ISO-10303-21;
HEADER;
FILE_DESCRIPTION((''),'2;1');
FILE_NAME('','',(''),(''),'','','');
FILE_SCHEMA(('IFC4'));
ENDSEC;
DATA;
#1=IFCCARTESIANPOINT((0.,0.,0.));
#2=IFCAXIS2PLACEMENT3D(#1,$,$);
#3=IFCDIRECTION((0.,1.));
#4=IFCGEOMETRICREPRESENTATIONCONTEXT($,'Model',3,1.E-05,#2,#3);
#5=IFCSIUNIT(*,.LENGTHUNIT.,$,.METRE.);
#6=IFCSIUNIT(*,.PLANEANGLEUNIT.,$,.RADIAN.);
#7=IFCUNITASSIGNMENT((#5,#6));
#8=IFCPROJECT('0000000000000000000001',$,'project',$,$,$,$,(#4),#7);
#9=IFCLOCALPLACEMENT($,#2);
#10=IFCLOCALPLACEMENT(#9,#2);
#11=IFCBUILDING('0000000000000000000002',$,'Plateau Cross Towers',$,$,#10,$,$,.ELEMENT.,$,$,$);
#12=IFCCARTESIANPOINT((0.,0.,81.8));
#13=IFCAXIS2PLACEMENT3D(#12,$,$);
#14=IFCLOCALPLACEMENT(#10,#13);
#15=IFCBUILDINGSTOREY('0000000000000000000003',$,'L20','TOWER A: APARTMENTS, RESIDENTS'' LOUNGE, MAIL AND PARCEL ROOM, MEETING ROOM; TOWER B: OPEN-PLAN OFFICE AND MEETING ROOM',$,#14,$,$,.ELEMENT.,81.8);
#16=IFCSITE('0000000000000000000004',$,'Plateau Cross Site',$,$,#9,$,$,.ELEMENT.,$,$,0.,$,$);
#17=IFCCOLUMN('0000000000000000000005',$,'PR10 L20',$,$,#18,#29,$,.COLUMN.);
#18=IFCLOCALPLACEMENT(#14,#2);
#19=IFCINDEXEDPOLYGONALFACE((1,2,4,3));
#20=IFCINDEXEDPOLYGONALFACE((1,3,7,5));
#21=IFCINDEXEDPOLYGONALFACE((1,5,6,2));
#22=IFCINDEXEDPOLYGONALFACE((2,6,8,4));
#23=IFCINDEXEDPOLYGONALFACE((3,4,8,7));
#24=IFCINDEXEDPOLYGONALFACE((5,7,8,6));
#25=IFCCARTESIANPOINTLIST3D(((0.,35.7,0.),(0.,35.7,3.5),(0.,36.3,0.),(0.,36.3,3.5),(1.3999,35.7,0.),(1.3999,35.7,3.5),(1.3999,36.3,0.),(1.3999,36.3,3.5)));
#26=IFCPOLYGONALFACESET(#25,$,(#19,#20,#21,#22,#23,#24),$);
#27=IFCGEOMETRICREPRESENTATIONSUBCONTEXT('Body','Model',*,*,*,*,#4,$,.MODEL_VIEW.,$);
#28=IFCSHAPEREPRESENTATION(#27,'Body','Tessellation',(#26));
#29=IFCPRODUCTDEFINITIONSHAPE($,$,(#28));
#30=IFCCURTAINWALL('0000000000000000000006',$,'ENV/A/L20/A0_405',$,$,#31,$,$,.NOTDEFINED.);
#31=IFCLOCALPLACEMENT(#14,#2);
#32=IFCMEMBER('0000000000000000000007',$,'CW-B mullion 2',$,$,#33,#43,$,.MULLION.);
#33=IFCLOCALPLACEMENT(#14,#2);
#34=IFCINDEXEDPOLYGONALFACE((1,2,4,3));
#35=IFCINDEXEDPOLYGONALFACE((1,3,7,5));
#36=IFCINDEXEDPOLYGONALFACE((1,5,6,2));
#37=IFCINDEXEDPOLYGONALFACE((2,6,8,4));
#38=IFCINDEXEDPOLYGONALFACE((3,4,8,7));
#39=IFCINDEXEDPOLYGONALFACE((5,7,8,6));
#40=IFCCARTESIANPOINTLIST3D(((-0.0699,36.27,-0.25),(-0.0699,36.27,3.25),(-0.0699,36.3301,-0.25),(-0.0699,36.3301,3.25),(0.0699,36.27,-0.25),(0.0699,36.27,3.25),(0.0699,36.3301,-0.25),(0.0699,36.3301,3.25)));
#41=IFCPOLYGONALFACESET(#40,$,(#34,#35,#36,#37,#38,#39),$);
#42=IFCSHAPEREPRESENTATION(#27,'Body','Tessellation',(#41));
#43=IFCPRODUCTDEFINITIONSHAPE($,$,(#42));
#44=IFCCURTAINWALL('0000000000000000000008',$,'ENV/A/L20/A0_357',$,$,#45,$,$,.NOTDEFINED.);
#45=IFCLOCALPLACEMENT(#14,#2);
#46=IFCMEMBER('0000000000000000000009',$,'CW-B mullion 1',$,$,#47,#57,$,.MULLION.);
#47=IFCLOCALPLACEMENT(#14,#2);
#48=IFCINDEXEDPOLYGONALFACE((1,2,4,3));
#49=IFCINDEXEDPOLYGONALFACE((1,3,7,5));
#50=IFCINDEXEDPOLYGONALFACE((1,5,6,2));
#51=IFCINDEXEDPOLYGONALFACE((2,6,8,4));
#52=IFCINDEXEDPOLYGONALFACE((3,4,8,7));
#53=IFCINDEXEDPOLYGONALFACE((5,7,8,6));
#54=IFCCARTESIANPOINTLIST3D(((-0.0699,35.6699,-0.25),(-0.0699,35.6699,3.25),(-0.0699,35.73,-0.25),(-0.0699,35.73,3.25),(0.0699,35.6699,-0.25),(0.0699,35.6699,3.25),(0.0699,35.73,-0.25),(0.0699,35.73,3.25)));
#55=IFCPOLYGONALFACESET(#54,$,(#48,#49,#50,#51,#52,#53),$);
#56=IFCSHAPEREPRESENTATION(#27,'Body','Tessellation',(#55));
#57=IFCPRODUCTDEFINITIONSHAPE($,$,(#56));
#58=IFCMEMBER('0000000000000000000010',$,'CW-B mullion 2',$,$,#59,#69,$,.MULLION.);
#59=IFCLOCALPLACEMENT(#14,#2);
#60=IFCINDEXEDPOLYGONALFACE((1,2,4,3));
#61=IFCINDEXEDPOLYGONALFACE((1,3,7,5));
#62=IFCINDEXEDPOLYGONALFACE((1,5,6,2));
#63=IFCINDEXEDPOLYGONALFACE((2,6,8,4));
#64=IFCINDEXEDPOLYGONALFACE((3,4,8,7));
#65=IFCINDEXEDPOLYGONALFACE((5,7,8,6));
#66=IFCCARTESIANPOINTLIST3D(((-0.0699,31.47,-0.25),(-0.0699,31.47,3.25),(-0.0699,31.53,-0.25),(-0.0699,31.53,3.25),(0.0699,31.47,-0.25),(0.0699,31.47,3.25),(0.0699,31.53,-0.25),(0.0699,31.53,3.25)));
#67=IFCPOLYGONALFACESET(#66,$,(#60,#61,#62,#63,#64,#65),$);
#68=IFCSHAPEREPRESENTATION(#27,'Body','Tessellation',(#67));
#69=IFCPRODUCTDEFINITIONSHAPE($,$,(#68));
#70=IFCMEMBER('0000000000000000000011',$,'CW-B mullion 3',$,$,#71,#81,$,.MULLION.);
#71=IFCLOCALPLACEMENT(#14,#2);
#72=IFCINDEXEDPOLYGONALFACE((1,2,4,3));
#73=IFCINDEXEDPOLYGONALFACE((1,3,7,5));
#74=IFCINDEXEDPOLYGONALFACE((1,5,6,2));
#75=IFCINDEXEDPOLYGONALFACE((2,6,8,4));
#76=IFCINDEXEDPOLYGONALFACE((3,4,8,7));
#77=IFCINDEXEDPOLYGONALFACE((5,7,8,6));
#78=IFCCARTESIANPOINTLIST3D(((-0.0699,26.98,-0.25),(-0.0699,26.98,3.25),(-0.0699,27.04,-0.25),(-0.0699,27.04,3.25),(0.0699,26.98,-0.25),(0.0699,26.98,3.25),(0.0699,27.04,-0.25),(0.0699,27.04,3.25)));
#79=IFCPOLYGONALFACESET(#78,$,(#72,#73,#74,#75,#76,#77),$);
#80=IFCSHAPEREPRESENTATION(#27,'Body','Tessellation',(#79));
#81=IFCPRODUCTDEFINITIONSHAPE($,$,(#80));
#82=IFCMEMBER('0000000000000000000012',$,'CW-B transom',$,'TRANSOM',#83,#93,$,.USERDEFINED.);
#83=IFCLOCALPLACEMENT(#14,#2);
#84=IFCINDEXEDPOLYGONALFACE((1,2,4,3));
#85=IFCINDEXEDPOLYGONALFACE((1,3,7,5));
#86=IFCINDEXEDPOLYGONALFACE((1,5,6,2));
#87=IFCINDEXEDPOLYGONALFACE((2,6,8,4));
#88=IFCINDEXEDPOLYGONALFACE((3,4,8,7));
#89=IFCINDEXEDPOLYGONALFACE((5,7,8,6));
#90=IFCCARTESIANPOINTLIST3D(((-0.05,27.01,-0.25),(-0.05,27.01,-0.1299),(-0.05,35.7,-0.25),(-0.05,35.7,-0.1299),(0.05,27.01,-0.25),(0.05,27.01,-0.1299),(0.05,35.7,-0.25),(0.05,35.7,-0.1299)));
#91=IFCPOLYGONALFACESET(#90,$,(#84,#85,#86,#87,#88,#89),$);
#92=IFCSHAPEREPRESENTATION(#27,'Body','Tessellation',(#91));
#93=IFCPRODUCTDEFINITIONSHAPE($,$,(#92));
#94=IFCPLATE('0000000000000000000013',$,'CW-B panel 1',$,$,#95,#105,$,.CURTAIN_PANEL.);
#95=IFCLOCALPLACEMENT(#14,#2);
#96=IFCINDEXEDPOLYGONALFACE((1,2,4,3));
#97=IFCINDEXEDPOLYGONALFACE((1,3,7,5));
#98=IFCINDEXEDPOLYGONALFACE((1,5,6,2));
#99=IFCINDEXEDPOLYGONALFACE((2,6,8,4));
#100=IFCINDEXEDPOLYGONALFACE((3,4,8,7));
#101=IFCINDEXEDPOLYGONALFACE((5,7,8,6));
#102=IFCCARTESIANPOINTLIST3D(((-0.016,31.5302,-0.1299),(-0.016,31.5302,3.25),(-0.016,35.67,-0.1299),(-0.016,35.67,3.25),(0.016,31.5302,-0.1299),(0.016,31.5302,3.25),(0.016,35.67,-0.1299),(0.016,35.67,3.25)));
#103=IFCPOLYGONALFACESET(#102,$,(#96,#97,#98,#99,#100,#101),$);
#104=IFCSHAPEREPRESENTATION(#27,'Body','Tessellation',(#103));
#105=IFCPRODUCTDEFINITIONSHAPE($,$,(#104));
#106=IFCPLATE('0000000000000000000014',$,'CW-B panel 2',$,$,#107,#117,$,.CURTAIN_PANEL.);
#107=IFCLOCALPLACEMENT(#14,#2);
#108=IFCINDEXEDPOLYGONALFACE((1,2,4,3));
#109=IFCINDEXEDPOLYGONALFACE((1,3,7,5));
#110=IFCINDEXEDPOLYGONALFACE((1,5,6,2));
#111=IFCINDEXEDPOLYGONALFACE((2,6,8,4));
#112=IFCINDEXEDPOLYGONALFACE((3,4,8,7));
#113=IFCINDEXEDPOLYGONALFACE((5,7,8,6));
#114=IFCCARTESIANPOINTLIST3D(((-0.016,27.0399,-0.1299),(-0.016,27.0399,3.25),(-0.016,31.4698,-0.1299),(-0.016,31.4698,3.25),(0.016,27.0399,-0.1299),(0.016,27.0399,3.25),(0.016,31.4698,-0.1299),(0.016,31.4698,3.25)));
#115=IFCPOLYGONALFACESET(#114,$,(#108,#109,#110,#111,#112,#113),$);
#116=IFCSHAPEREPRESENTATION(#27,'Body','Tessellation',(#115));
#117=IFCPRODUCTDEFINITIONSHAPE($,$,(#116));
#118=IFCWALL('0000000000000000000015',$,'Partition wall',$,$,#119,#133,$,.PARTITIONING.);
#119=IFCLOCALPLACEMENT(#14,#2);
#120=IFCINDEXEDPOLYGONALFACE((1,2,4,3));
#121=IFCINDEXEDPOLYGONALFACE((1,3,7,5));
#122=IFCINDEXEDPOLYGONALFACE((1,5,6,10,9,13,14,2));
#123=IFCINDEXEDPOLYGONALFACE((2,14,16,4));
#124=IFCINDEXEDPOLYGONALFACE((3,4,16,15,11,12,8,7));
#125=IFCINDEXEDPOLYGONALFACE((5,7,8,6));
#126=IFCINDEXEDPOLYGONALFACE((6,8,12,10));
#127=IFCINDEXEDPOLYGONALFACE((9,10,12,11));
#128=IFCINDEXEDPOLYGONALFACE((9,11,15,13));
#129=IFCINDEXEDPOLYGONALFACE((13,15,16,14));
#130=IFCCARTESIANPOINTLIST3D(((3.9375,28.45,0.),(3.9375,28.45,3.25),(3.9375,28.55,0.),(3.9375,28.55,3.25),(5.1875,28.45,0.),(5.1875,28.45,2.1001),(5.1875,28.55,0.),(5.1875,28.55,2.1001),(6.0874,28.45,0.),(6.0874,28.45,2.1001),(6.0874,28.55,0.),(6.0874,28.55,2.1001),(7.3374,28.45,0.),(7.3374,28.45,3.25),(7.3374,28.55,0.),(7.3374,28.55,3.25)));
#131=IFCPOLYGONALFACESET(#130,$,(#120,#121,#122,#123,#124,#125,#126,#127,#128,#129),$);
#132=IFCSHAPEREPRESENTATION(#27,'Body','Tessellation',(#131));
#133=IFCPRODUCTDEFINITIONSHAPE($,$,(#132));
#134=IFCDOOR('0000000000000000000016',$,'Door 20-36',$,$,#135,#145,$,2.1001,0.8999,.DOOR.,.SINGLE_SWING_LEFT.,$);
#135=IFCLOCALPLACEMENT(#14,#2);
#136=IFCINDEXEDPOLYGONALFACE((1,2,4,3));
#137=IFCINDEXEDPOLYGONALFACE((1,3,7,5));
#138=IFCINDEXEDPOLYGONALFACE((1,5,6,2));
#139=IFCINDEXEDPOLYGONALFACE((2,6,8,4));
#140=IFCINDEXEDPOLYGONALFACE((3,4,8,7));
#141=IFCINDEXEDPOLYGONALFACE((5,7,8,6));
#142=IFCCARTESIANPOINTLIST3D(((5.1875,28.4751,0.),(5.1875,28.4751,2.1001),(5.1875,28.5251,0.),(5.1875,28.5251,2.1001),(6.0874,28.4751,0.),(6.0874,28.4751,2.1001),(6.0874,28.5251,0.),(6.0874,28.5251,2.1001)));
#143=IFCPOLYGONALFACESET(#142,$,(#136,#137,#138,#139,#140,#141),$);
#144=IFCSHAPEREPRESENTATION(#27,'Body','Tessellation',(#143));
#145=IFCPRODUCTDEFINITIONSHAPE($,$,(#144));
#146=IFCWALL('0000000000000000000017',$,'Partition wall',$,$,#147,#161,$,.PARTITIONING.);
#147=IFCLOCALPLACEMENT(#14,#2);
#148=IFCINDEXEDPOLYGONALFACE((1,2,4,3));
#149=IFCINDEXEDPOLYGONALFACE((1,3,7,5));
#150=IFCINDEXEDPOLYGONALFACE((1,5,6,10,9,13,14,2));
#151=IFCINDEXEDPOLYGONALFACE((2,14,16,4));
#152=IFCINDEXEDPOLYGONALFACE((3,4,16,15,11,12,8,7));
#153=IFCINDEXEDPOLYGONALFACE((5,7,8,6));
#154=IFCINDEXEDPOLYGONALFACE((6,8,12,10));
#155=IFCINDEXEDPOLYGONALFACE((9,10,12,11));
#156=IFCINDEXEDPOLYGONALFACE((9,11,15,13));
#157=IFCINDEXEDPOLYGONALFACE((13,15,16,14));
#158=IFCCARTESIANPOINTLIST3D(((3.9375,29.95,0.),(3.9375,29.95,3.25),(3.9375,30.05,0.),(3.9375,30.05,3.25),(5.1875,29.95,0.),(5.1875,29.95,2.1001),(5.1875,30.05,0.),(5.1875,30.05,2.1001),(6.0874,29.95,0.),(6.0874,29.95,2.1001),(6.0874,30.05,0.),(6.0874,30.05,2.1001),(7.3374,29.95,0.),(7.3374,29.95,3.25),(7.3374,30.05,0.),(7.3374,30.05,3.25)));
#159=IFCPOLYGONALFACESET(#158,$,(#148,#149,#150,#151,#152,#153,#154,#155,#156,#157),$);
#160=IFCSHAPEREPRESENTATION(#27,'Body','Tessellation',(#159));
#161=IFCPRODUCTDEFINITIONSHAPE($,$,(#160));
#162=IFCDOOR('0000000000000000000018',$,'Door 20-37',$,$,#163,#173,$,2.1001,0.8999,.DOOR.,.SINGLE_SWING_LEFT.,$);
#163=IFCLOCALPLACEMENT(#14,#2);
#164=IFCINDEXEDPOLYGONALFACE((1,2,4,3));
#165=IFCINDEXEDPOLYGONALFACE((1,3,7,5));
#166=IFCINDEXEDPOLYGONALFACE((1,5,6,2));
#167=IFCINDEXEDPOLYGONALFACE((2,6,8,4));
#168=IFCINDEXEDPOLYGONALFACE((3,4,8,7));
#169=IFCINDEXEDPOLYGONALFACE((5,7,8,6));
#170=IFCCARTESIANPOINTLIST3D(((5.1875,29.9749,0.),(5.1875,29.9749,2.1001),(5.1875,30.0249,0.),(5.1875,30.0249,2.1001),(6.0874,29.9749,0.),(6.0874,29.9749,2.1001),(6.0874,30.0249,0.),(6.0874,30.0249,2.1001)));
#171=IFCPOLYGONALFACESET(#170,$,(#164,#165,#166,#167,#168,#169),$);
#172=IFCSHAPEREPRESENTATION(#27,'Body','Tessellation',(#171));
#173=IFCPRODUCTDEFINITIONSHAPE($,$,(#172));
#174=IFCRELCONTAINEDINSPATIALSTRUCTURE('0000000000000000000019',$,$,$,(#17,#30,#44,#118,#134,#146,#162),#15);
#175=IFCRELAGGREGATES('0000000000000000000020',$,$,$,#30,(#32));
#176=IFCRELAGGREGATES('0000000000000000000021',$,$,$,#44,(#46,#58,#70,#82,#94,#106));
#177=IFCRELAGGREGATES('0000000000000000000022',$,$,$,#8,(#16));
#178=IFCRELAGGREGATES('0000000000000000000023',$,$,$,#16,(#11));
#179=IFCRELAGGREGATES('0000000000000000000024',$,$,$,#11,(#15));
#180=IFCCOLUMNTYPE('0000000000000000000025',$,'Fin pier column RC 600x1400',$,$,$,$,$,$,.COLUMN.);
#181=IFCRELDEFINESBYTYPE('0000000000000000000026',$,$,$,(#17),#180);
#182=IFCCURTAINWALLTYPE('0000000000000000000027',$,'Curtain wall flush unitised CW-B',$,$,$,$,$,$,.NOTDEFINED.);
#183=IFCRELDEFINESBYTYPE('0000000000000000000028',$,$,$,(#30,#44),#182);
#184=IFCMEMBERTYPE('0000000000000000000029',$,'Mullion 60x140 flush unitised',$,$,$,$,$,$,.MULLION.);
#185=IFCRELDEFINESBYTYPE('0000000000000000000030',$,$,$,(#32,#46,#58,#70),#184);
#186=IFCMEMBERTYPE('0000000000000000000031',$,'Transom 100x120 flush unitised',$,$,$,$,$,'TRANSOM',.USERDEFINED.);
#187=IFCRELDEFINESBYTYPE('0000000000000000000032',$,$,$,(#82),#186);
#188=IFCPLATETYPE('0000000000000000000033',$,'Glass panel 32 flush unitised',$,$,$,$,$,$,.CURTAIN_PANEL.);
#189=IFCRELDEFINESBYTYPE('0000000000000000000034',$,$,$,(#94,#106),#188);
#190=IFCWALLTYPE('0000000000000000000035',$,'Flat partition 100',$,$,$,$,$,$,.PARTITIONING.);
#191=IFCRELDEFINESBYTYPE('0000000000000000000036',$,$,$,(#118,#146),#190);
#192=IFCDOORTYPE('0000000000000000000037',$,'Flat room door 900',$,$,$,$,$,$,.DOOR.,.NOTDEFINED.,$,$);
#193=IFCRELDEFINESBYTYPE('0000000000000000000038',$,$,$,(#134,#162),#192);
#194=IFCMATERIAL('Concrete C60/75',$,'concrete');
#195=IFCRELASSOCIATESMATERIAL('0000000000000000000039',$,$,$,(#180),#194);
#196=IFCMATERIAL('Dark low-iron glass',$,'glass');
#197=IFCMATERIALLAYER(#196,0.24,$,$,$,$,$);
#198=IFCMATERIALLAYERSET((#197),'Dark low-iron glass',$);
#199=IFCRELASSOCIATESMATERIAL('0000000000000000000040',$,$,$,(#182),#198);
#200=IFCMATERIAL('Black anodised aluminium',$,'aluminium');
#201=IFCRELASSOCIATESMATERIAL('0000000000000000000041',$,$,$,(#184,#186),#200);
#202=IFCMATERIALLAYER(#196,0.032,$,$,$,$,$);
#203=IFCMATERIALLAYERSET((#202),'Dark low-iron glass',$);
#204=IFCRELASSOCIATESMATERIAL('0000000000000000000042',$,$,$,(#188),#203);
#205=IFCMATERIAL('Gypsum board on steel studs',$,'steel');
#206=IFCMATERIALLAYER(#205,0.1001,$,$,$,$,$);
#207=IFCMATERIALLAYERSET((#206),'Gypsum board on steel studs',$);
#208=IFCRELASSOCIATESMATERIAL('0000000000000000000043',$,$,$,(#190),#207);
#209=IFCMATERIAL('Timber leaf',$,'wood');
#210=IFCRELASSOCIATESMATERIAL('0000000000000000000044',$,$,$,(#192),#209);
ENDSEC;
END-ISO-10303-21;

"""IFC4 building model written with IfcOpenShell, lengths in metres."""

from ifc_helpers import new_model, si_unit, direction, frame, frame_2d, origin, origin_2d, place, context, subcontext, project, spatial, rectangle, extrude, material, layer, layer_set, material_profile, profile_set, type_object, element, fill, aggregate, save


model = new_model("IFC4")

# Units and contexts
model_context = context("Model", 3, precision=1e-05, world=origin(), true_north=direction((0.0, 1.0)))
body_context = subcontext(model_context, "Body", "Model", "MODEL_VIEW")
ifc_project = project(units=[si_unit("LENGTHUNIT", "METRE"), si_unit("PLANEANGLEUNIT", "RADIAN")], contexts=[model_context])

# Site, building, storey
site_placement = place(None, origin())
site = spatial("IfcSite", under=ifc_project, at=site_placement, Name="Plateau Cross Site", CompositionType="ELEMENT", RefElevation=0.0)
building_placement = place(site_placement, origin())
building = spatial("IfcBuilding", under=site, at=building_placement, Name="Plateau Cross Towers", CompositionType="ELEMENT")
storey_placement = place(building_placement, frame((0.0, 0.0, 81.8)))
storey = spatial("IfcBuildingStorey", under=building, at=storey_placement, Name="L20", Description="TOWER A: APARTMENTS, RESIDENTS' LOUNGE, MAIL AND PARCEL ROOM, MEETING ROOM; TOWER B: OPEN-PLAN OFFICE AND MEETING ROOM", CompositionType="ELEMENT", Elevation=81.8)

# Column
ifc_material_1 = material(Name="Concrete C60/75", Category="concrete")
ifc_material_profile_1 = material_profile(ifc_material_1, rectangle(XDim=0.6001, YDim=1.3999, at=origin_2d()), Name="RC 600x1400")
ifc_profile_set_1 = profile_set([ifc_material_profile_1], Name="Concrete C60/75")
column_type = type_object("IfcColumnType", Name="Fin pier column RC 600x1400", PredefinedType="COLUMN", material=ifc_profile_set_1)
column_placement = place(storey_placement, frame((0.7, 36.0, 0.0), z_axis=(0.0, 0.0, 1.0), x_axis=(0.0, 1.0, 0.0)))
element("IfcColumn", 1, at=column_placement, inside=storey, type_object=column_type, Name="PR10 L20", PredefinedType="COLUMN", context=body_context, shape_type="SweptSolid", body=[
    extrude(rectangle(XDim=0.6001, YDim=1.3999, at=origin_2d()), origin(), (0.0, 0.0, 1.0), 3.5),
])

# Curtain wall, member
ifc_material_2 = material(Name="Dark low-iron glass", Category="glass")
ifc_layer_1 = layer(ifc_material_2, 0.24)
ifc_layer_set_1 = layer_set([ifc_layer_1], Name="Dark low-iron glass")
curtain_wall_type = type_object("IfcCurtainWallType", Name="Curtain wall flush unitised CW-B", PredefinedType="NOTDEFINED", material=ifc_layer_set_1)
curtain_wall_1_placement = place(storey_placement, origin())
curtain_wall_1 = element("IfcCurtainWall", 2, at=curtain_wall_1_placement, inside=storey, type_object=curtain_wall_type, Name="ENV/A/L20/A0_405", PredefinedType="NOTDEFINED")
ifc_material_3 = material(Name="Black anodised aluminium", Category="aluminium")
ifc_material_profile_2 = material_profile(ifc_material_3, rectangle(XDim=0.0601, YDim=0.1399, at=origin_2d()), Name="MULLION 60x140")
ifc_profile_set_2 = profile_set([ifc_material_profile_2], Name="Black anodised aluminium")
member_type_1 = type_object("IfcMemberType", Name="Mullion 60x140 flush unitised", PredefinedType="MULLION", material=ifc_profile_set_2)
member_1_placement = place(storey_placement, frame((0.0, 36.3, -0.25), z_axis=(0.0, 0.0, 1.0), x_axis=(0.0, -1.0, 0.0)))
member_1 = element("IfcMember", 3, at=member_1_placement, type_object=member_type_1, Name="CW-B mullion 2", PredefinedType="MULLION", context=body_context, shape_type="SweptSolid", body=[
    extrude(rectangle(XDim=0.0601, YDim=0.1399, at=origin_2d()), origin(), (0.0, 0.0, 1.0), 3.5),
])
aggregate(curtain_wall_1, [member_1])

# Curtain wall, members, plates
curtain_wall_2_placement = place(storey_placement, origin())
curtain_wall_2 = element("IfcCurtainWall", 4, at=curtain_wall_2_placement, inside=storey, type_object=curtain_wall_type, Name="ENV/A/L20/A0_357", PredefinedType="NOTDEFINED")
member_2_placement = place(storey_placement, frame((0.0, 35.7, -0.25), z_axis=(0.0, 0.0, 1.0), x_axis=(0.0, -1.0, 0.0)))
member_2 = element("IfcMember", 5, at=member_2_placement, type_object=member_type_1, Name="CW-B mullion 1", PredefinedType="MULLION", context=body_context, shape_type="SweptSolid", body=[
    extrude(rectangle(XDim=0.0601, YDim=0.1399, at=origin_2d()), origin(), (0.0, 0.0, 1.0), 3.5),
])
member_3_placement = place(storey_placement, frame((0.0, 31.5, -0.25), z_axis=(0.0, 0.0, 1.0), x_axis=(0.0, -1.0, 0.0)))
member_3 = element("IfcMember", 6, at=member_3_placement, type_object=member_type_1, Name="CW-B mullion 2", PredefinedType="MULLION", context=body_context, shape_type="SweptSolid", body=[
    extrude(rectangle(XDim=0.0601, YDim=0.1399, at=origin_2d()), origin(), (0.0, 0.0, 1.0), 3.5),
])
member_4_placement = place(storey_placement, frame((0.0, 27.01, -0.25), z_axis=(0.0, 0.0, 1.0), x_axis=(0.0, -1.0, 0.0)))
member_4 = element("IfcMember", 7, at=member_4_placement, type_object=member_type_1, Name="CW-B mullion 3", PredefinedType="MULLION", context=body_context, shape_type="SweptSolid", body=[
    extrude(rectangle(XDim=0.0601, YDim=0.1399, at=origin_2d()), origin(), (0.0, 0.0, 1.0), 3.5),
])
ifc_material_profile_3 = material_profile(ifc_material_3, rectangle(XDim=0.1001, YDim=0.1201, at=origin_2d()), Name="TRANSOM 100x120")
ifc_profile_set_3 = profile_set([ifc_material_profile_3], Name="Black anodised aluminium")
member_type_2 = type_object("IfcMemberType", Name="Transom 100x120 flush unitised", ElementType="TRANSOM", PredefinedType="USERDEFINED", material=ifc_profile_set_3)
member_5_placement = place(storey_placement, frame((0.0, 35.7, -0.1899), z_axis=(0.0, -1.0, 0.0), x_axis=(1.0, 0.0, 0.0)))
member_5 = element("IfcMember", 8, at=member_5_placement, type_object=member_type_2, Name="CW-B transom", ObjectType="TRANSOM", PredefinedType="USERDEFINED", context=body_context, shape_type="SweptSolid", body=[
    extrude(rectangle(XDim=0.1001, YDim=0.1201, at=origin_2d()), origin(), (0.0, 0.0, 1.0), 8.6899),
])
ifc_layer_2 = layer(ifc_material_2, 0.032)
ifc_layer_set_2 = layer_set([ifc_layer_2], Name="Dark low-iron glass")
plate_type = type_object("IfcPlateType", Name="Glass panel 32 flush unitised", PredefinedType="CURTAIN_PANEL", material=ifc_layer_set_2)
plate_1_placement = place(storey_placement, frame((0.0, 33.6001, -0.1299), z_axis=(0.0, 0.0, 1.0), x_axis=(0.0, -1.0, 0.0)))
plate_1 = element("IfcPlate", 9, at=plate_1_placement, type_object=plate_type, Name="CW-B panel 1", PredefinedType="CURTAIN_PANEL", context=body_context, shape_type="SweptSolid", body=[
    extrude(rectangle(XDim=4.1399, YDim=0.032, at=origin_2d()), origin(), (0.0, 0.0, 1.0), 3.3799),
])
plate_2_placement = place(storey_placement, frame((0.0, 29.2549, -0.1299), z_axis=(0.0, 0.0, 1.0), x_axis=(0.0, -1.0, 0.0)))
plate_2 = element("IfcPlate", 10, at=plate_2_placement, type_object=plate_type, Name="CW-B panel 2", PredefinedType="CURTAIN_PANEL", context=body_context, shape_type="SweptSolid", body=[
    extrude(rectangle(XDim=4.4299, YDim=0.032, at=origin_2d()), origin(), (0.0, 0.0, 1.0), 3.3799),
])
aggregate(curtain_wall_2, [member_2, member_3, member_4, member_5, plate_1, plate_2])

# Walls, openings, doors
ifc_material_4 = material(Name="Gypsum board on steel studs", Category="steel")
ifc_layer_3 = layer(ifc_material_4, 0.1001)
ifc_layer_set_3 = layer_set([ifc_layer_3], Name="Gypsum board on steel studs")
wall_type_1 = type_object("IfcWallType", Name="Flat partition 100", PredefinedType="PARTITIONING", material=ifc_layer_set_3)
wall_1_placement = place(storey_placement, frame((7.3374, 28.5, 0.0), z_axis=(0.0, 0.0, 1.0), x_axis=(-1.0, 0.0, 0.0)))
wall_1 = element("IfcWall", 11, at=wall_1_placement, inside=storey, type_object=wall_type_1, Name="Partition wall", PredefinedType="PARTITIONING", context=body_context, shape_type="SweptSolid", body=[
    extrude(rectangle(XDim=3.3999, YDim=0.1001, at=frame_2d((1.7, 0.0))), origin(), (0.0, 0.0, 1.0), 3.25),
])
opening_1_placement = place(wall_1_placement, frame((1.25, 0.0, 0.0)))
opening_1 = element("IfcOpeningElement", 12, at=opening_1_placement, cuts=wall_1, PredefinedType="OPENING", context=body_context, shape_type="SweptSolid", body=[
    extrude(rectangle(XDim=0.8999, YDim=2.1001, at=frame_2d((0.45, 1.05))), frame((0.0, 0.0601, 0.0), z_axis=(0.0, -1.0, 0.0), x_axis=(1.0, 0.0, 0.0)), (0.0, 0.0, 1.0), 0.1201),
])
ifc_material_5 = material(Name="Timber leaf", Category="wood")
door_type = type_object("IfcDoorType", Name="Flat room door 900", OperationType="NOTDEFINED", PredefinedType="DOOR", material=ifc_material_5)
door_1_placement = place(opening_1_placement, origin())
door_1 = element("IfcDoor", 13, at=door_1_placement, inside=storey, type_object=door_type, Name="Door 20-36", OperationType="SINGLE_SWING_LEFT", OverallHeight=2.1001, OverallWidth=0.8999, PredefinedType="DOOR", context=body_context, shape_type="SweptSolid", body=[
    extrude(rectangle(XDim=0.8999, YDim=2.1001, at=frame_2d((0.45, 1.05))), frame((0.0, 0.0249, 0.0), z_axis=(0.0, -1.0, 0.0), x_axis=(1.0, 0.0, 0.0)), (0.0, 0.0, 1.0), 0.05),
])
fill(opening_1, door_1)
wall_2_placement = place(storey_placement, frame((3.9375, 30.0, 0.0), z_axis=(0.0, 0.0, 1.0), x_axis=(1.0, 0.0, 0.0)))
wall_2 = element("IfcWall", 14, at=wall_2_placement, inside=storey, type_object=wall_type_1, Name="Partition wall", PredefinedType="PARTITIONING", context=body_context, shape_type="SweptSolid", body=[
    extrude(rectangle(XDim=3.3999, YDim=0.1001, at=frame_2d((1.7, 0.0))), origin(), (0.0, 0.0, 1.0), 3.25),
])
opening_2_placement = place(wall_2_placement, frame((1.25, 0.0, 0.0)))
opening_2 = element("IfcOpeningElement", 15, at=opening_2_placement, cuts=wall_2, PredefinedType="OPENING", context=body_context, shape_type="SweptSolid", body=[
    extrude(rectangle(XDim=0.8999, YDim=2.1001, at=frame_2d((0.45, 1.05))), frame((0.0, 0.0601, 0.0), z_axis=(0.0, -1.0, 0.0), x_axis=(1.0, 0.0, 0.0)), (0.0, 0.0, 1.0), 0.1201),
])
door_2_placement = place(opening_2_placement, origin())
door_2 = element("IfcDoor", 16, at=door_2_placement, inside=storey, type_object=door_type, Name="Door 20-37", OperationType="SINGLE_SWING_LEFT", OverallHeight=2.1001, OverallWidth=0.8999, PredefinedType="DOOR", context=body_context, shape_type="SweptSolid", body=[
    extrude(rectangle(XDim=0.8999, YDim=2.1001, at=frame_2d((0.45, 1.05))), frame((0.0, 0.0249, 0.0), z_axis=(0.0, -1.0, 0.0), x_axis=(1.0, 0.0, 0.0)), (0.0, 0.0, 1.0), 0.05),
])
fill(opening_2, door_2)

save(model, "model.ifc")
